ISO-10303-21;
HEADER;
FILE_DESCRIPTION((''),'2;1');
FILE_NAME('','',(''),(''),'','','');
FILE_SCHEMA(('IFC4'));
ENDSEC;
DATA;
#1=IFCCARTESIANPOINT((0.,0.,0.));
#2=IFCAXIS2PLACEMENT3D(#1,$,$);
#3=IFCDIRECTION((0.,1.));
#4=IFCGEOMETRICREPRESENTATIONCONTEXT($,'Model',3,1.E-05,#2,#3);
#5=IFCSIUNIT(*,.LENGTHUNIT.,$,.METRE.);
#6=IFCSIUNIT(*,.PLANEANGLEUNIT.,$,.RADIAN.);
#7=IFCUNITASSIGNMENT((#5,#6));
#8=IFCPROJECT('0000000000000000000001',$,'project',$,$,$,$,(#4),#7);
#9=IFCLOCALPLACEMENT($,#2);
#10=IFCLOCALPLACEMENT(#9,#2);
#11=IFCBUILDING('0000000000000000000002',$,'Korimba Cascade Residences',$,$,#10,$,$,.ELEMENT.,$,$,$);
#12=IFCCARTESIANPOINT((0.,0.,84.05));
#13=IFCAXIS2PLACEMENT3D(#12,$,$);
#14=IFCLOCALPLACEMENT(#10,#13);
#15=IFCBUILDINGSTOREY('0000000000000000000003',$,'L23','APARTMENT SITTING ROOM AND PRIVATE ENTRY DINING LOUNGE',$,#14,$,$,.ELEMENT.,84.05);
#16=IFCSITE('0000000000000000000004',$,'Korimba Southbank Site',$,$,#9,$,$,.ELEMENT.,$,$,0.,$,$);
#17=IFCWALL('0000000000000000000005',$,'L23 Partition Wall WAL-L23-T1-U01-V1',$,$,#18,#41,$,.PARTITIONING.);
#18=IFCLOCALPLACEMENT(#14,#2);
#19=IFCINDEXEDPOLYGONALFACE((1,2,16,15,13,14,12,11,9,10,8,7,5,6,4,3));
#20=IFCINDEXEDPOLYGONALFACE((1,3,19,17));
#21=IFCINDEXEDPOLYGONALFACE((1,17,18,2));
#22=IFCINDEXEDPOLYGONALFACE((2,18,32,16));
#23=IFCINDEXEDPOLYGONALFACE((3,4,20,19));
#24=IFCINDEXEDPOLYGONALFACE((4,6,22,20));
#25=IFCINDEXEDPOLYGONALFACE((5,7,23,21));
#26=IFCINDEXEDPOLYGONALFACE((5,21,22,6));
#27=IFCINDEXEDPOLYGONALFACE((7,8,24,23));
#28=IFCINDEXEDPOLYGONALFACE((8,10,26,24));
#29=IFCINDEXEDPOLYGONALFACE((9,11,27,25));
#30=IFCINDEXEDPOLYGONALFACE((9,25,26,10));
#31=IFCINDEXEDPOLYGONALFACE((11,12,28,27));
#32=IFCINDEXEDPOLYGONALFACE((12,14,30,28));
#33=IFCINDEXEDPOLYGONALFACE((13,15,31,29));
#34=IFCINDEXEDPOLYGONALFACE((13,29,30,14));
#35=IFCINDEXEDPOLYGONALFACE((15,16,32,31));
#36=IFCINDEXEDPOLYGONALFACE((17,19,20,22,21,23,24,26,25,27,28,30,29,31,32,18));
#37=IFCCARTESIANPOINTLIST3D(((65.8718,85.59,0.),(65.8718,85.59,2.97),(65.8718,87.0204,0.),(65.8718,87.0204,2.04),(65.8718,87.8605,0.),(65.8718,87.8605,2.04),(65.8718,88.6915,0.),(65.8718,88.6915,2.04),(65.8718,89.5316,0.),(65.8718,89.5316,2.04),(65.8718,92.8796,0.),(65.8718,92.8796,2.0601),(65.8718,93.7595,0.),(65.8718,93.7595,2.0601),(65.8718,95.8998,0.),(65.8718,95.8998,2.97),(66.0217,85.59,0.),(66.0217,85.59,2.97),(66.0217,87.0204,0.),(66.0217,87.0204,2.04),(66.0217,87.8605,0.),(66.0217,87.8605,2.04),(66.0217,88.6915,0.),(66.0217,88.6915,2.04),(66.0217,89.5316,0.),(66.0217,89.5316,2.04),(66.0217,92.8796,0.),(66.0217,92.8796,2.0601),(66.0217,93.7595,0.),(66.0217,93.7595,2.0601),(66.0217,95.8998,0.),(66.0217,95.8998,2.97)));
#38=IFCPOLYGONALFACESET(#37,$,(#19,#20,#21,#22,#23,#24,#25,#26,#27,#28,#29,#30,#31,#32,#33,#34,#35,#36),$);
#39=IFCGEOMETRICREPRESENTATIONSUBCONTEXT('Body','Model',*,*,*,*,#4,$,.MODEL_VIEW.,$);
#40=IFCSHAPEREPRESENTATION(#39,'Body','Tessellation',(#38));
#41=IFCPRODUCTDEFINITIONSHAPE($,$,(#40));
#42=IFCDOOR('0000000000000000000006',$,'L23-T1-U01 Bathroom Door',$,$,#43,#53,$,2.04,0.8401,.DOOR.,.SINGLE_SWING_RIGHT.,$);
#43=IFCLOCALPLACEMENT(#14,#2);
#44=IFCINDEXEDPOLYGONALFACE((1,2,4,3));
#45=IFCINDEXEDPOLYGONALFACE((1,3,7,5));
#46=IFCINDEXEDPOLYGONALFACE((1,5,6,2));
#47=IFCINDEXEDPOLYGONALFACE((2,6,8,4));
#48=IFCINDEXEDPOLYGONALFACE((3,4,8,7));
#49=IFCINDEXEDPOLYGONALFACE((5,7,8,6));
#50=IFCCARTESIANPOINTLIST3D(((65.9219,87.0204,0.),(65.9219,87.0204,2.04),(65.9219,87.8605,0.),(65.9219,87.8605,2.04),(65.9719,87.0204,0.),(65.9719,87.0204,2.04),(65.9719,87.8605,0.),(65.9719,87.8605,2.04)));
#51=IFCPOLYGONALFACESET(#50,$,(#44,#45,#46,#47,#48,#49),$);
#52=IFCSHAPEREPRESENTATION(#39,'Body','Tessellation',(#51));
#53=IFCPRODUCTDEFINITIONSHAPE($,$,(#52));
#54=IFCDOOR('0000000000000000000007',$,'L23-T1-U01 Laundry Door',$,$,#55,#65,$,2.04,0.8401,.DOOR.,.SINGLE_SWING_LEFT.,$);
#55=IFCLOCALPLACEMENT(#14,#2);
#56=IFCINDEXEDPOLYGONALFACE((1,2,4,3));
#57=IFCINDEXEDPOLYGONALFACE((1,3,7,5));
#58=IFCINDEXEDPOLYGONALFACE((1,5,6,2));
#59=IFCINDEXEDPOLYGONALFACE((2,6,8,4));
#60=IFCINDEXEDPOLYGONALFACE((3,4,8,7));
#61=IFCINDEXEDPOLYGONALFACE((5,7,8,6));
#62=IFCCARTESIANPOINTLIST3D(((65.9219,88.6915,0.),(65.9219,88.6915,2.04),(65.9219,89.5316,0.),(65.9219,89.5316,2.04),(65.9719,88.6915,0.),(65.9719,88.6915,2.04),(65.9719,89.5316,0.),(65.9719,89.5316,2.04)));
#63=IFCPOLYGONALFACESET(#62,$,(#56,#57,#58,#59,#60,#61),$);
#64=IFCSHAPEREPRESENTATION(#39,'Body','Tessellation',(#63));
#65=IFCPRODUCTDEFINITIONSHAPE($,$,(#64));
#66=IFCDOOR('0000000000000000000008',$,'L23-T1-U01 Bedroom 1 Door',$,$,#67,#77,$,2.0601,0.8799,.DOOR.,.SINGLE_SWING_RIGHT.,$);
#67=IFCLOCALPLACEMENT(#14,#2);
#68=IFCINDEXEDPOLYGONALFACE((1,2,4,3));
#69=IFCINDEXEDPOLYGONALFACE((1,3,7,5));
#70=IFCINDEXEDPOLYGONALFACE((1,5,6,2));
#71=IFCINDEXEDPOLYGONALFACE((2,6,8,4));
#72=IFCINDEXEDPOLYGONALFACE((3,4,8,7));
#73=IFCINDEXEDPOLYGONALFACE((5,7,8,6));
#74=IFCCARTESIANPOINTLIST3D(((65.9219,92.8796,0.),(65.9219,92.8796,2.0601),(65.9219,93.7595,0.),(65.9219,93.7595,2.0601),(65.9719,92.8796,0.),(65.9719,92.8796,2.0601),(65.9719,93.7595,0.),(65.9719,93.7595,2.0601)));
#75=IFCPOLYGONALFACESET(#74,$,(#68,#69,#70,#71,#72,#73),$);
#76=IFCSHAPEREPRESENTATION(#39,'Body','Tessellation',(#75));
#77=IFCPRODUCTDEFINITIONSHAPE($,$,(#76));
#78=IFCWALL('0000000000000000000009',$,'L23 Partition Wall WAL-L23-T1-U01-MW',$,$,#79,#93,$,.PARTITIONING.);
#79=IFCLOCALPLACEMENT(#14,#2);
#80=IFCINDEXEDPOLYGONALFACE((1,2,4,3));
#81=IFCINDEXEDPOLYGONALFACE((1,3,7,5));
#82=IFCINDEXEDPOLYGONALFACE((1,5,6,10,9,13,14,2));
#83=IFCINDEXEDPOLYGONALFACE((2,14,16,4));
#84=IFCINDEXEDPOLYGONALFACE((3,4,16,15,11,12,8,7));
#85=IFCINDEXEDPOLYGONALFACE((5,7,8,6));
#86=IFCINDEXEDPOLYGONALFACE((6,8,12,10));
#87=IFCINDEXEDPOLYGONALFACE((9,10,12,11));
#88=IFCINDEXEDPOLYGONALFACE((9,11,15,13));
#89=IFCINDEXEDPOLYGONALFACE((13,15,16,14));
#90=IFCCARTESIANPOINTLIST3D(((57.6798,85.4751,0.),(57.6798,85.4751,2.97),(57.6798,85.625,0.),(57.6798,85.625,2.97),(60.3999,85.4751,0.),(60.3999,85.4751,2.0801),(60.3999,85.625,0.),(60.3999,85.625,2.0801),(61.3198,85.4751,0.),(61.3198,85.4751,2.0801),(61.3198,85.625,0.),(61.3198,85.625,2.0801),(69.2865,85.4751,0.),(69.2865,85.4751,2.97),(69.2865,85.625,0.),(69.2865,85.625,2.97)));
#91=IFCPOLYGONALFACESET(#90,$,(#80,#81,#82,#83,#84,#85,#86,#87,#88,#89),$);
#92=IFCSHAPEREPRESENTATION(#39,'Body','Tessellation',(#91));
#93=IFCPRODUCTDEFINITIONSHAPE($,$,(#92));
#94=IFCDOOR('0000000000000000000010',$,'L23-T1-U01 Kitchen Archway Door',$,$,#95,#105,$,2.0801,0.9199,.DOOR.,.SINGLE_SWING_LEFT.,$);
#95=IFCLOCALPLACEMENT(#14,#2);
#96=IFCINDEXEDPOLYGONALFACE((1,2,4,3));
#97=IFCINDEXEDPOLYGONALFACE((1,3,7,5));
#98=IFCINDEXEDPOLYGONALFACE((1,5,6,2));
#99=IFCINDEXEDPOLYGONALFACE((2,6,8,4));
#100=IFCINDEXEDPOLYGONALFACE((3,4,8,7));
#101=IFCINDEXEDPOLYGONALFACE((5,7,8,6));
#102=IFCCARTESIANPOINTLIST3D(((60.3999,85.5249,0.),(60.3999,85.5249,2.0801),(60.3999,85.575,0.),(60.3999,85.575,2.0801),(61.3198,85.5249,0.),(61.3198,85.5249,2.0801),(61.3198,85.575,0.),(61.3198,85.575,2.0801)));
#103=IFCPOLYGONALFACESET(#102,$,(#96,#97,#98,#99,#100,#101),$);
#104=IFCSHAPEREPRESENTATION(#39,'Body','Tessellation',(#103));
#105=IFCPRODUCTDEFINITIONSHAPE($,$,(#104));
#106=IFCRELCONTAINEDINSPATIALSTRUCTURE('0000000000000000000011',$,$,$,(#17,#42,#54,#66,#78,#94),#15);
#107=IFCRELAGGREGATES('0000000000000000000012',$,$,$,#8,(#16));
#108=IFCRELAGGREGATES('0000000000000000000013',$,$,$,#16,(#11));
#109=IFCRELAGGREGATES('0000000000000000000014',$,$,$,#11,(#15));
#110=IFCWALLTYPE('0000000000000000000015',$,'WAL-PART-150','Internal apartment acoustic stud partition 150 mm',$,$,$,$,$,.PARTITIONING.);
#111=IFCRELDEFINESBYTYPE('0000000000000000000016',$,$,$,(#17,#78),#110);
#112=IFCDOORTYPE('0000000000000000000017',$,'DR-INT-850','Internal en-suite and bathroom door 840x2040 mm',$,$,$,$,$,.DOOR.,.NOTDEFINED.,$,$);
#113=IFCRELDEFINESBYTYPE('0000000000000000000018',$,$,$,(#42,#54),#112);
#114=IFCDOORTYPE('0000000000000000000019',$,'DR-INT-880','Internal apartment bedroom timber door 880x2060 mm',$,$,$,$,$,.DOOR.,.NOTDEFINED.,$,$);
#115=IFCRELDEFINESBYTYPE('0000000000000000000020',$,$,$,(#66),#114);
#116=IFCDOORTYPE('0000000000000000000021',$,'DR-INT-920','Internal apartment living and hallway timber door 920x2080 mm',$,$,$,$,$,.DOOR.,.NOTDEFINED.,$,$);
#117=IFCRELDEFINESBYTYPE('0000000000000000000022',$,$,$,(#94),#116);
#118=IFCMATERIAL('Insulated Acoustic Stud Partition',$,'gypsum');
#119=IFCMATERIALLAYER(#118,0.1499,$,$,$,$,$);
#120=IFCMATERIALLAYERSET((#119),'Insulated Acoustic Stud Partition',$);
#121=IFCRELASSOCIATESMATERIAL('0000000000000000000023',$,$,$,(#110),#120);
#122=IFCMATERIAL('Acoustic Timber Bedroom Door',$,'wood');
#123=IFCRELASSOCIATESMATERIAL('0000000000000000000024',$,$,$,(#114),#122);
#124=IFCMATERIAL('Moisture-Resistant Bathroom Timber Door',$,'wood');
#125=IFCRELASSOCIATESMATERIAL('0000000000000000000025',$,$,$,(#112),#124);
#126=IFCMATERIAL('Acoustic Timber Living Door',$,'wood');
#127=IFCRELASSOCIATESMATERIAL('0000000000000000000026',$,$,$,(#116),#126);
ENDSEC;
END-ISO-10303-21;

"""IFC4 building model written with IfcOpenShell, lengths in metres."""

from ifc_helpers import new_model, si_unit, direction, frame, frame_2d, origin, place, context, subcontext, project, spatial, rectangle, extrude, material, layer, layer_set, type_object, element, fill, save


model = new_model("IFC4")

# Units and contexts
model_context = context("Model", 3, precision=1e-05, world=origin(), true_north=direction((0.0, 1.0)))
body_context = subcontext(model_context, "Body", "Model", "MODEL_VIEW")
ifc_project = project(units=[si_unit("LENGTHUNIT", "METRE"), si_unit("PLANEANGLEUNIT", "RADIAN")], contexts=[model_context])

# Site, building, storey
site_placement = place(None, origin())
site = spatial("IfcSite", under=ifc_project, at=site_placement, Name="Korimba Southbank Site", CompositionType="ELEMENT", RefElevation=0.0)
building_placement = place(site_placement, origin())
building = spatial("IfcBuilding", under=site, at=building_placement, Name="Korimba Cascade Residences", CompositionType="ELEMENT")
storey_placement = place(building_placement, frame((0.0, 0.0, 84.05)))
storey = spatial("IfcBuildingStorey", under=building, at=storey_placement, Name="L23", Description="APARTMENT SITTING ROOM AND PRIVATE ENTRY DINING LOUNGE", CompositionType="ELEMENT", Elevation=84.05)

# Shared definitions
ifc_material_1 = material(Name="Insulated Acoustic Stud Partition", Category="gypsum")
ifc_layer_1 = layer(ifc_material_1, 0.1499)
ifc_layer_set_1 = layer_set([ifc_layer_1], Name="Insulated Acoustic Stud Partition")
wall_type_1 = type_object("IfcWallType", Name="WAL-PART-150", Description="Internal apartment acoustic stud partition 150 mm", PredefinedType="PARTITIONING", material=ifc_layer_set_1)
ifc_material_2 = material(Name="Acoustic Timber Bedroom Door", Category="wood")
door_type_1 = type_object("IfcDoorType", Name="DR-INT-880", Description="Internal apartment bedroom timber door 880x2060 mm", OperationType="NOTDEFINED", PredefinedType="DOOR", material=ifc_material_2)

# Wall, openings, doors
wall_1_placement = place(storey_placement, frame((65.9468, 85.5901, 0.0), z_axis=(0.0, 0.0, 1.0), x_axis=(0.0, 1.0, 0.0)))
wall_1 = element("IfcWall", 1, at=wall_1_placement, inside=storey, type_object=wall_type_1, Name="L23 Partition Wall WAL-L23-T1-U01-V1", PredefinedType="PARTITIONING", context=body_context, shape_type="SweptSolid", body=[
    extrude(rectangle(XDim=10.3098, YDim=0.1499, at=frame_2d((5.1548, 0.0))), origin(), (0.0, 0.0, 1.0), 2.97),
])
opening_1_placement = place(wall_1_placement, frame((1.4304, 0.0, 0.0)))
opening_1 = element("IfcOpeningElement", 2, at=opening_1_placement, cuts=wall_1, PredefinedType="OPENING", context=body_context, shape_type="SweptSolid", body=[
    extrude(rectangle(XDim=0.8401, YDim=2.04, at=frame_2d((0.4199, 1.02))), frame((0.0, 0.085, 0.0), z_axis=(0.0, -1.0, 0.0), x_axis=(1.0, 0.0, 0.0)), (0.0, 0.0, 1.0), 0.1699),
])
opening_2_placement = place(wall_1_placement, frame((3.1016, 0.0, 0.0)))
opening_2 = element("IfcOpeningElement", 3, at=opening_2_placement, cuts=wall_1, PredefinedType="OPENING", context=body_context, shape_type="SweptSolid", body=[
    extrude(rectangle(XDim=0.8401, YDim=2.04, at=frame_2d((0.4199, 1.02))), frame((0.0, 0.085, 0.0), z_axis=(0.0, -1.0, 0.0), x_axis=(1.0, 0.0, 0.0)), (0.0, 0.0, 1.0), 0.1699),
])
opening_3_placement = place(wall_1_placement, frame((7.2896, 0.0, 0.0)))
opening_3 = element("IfcOpeningElement", 4, at=opening_3_placement, cuts=wall_1, PredefinedType="OPENING", context=body_context, shape_type="SweptSolid", body=[
    extrude(rectangle(XDim=0.8799, YDim=2.0601, at=frame_2d((0.4399, 1.03))), frame((0.0, 0.085, 0.0), z_axis=(0.0, -1.0, 0.0), x_axis=(1.0, 0.0, 0.0)), (0.0, 0.0, 1.0), 0.1699),
])
ifc_material_3 = material(Name="Moisture-Resistant Bathroom Timber Door", Category="wood")
door_type_2 = type_object("IfcDoorType", Name="DR-INT-850", Description="Internal en-suite and bathroom door 840x2040 mm", OperationType="NOTDEFINED", PredefinedType="DOOR", material=ifc_material_3)
door_1_placement = place(opening_1_placement, origin())
door_1 = element("IfcDoor", 5, at=door_1_placement, inside=storey, type_object=door_type_2, Name="L23-T1-U01 Bathroom Door", OperationType="SINGLE_SWING_RIGHT", OverallHeight=2.04, OverallWidth=0.8401, PredefinedType="DOOR", context=body_context, shape_type="SweptSolid", body=[
    extrude(rectangle(XDim=0.8401, YDim=2.04, at=frame_2d((0.4199, 1.02))), frame((0.0, 0.0249, 0.0), z_axis=(0.0, -1.0, 0.0), x_axis=(1.0, 0.0, 0.0)), (0.0, 0.0, 1.0), 0.05),
])
fill(opening_1, door_1)
door_2_placement = place(opening_2_placement, origin())
door_2 = element("IfcDoor", 6, at=door_2_placement, inside=storey, type_object=door_type_2, Name="L23-T1-U01 Laundry Door", OperationType="SINGLE_SWING_LEFT", OverallHeight=2.04, OverallWidth=0.8401, PredefinedType="DOOR", context=body_context, shape_type="SweptSolid", body=[
    extrude(rectangle(XDim=0.8401, YDim=2.04, at=frame_2d((0.4199, 1.02))), frame((0.0, 0.0249, 0.0), z_axis=(0.0, -1.0, 0.0), x_axis=(1.0, 0.0, 0.0)), (0.0, 0.0, 1.0), 0.05),
])
fill(opening_2, door_2)
door_3_placement = place(opening_3_placement, origin())
door_3 = element("IfcDoor", 7, at=door_3_placement, inside=storey, type_object=door_type_1, Name="L23-T1-U01 Bedroom 1 Door", OperationType="SINGLE_SWING_RIGHT", OverallHeight=2.0601, OverallWidth=0.8799, PredefinedType="DOOR", context=body_context, shape_type="SweptSolid", body=[
    extrude(rectangle(XDim=0.8799, YDim=2.0601, at=frame_2d((0.4399, 1.03))), frame((0.0, 0.0249, 0.0), z_axis=(0.0, -1.0, 0.0), x_axis=(1.0, 0.0, 0.0)), (0.0, 0.0, 1.0), 0.05),
])
fill(opening_3, door_3)

# Wall, opening, door
wall_2_placement = place(storey_placement, frame((57.6799, 85.55, 0.0), z_axis=(0.0, 0.0, 1.0), x_axis=(1.0, 0.0, 0.0)))
wall_2 = element("IfcWall", 8, at=wall_2_placement, inside=storey, type_object=wall_type_1, Name="L23 Partition Wall WAL-L23-T1-U01-MW", PredefinedType="PARTITIONING", context=body_context, shape_type="SweptSolid", body=[
    extrude(rectangle(XDim=11.6067, YDim=0.1499, at=frame_2d((5.8032, 0.0))), origin(), (0.0, 0.0, 1.0), 2.97),
])
opening_4_placement = place(wall_2_placement, frame((2.72, 0.0, 0.0)))
opening_4 = element("IfcOpeningElement", 9, at=opening_4_placement, cuts=wall_2, PredefinedType="OPENING", context=body_context, shape_type="SweptSolid", body=[
    extrude(rectangle(XDim=0.9199, YDim=2.0801, at=frame_2d((0.46, 1.04))), frame((0.0, 0.085, 0.0), z_axis=(0.0, -1.0, 0.0), x_axis=(1.0, 0.0, 0.0)), (0.0, 0.0, 1.0), 0.1699),
])
ifc_material_4 = material(Name="Acoustic Timber Living Door", Category="wood")
door_type_3 = type_object("IfcDoorType", Name="DR-INT-920", Description="Internal apartment living and hallway timber door 920x2080 mm", OperationType="NOTDEFINED", PredefinedType="DOOR", material=ifc_material_4)
door_4_placement = place(opening_4_placement, origin())
door_4 = element("IfcDoor", 10, at=door_4_placement, inside=storey, type_object=door_type_3, Name="L23-T1-U01 Kitchen Archway Door", OperationType="SINGLE_SWING_LEFT", OverallHeight=2.0801, OverallWidth=0.9199, PredefinedType="DOOR", context=body_context, shape_type="SweptSolid", body=[
    extrude(rectangle(XDim=0.9199, YDim=2.0801, at=frame_2d((0.46, 1.04))), frame((0.0, 0.0249, 0.0), z_axis=(0.0, -1.0, 0.0), x_axis=(1.0, 0.0, 0.0)), (0.0, 0.0, 1.0), 0.05),
])
fill(opening_4, door_4)

save(model, "model.ifc")
